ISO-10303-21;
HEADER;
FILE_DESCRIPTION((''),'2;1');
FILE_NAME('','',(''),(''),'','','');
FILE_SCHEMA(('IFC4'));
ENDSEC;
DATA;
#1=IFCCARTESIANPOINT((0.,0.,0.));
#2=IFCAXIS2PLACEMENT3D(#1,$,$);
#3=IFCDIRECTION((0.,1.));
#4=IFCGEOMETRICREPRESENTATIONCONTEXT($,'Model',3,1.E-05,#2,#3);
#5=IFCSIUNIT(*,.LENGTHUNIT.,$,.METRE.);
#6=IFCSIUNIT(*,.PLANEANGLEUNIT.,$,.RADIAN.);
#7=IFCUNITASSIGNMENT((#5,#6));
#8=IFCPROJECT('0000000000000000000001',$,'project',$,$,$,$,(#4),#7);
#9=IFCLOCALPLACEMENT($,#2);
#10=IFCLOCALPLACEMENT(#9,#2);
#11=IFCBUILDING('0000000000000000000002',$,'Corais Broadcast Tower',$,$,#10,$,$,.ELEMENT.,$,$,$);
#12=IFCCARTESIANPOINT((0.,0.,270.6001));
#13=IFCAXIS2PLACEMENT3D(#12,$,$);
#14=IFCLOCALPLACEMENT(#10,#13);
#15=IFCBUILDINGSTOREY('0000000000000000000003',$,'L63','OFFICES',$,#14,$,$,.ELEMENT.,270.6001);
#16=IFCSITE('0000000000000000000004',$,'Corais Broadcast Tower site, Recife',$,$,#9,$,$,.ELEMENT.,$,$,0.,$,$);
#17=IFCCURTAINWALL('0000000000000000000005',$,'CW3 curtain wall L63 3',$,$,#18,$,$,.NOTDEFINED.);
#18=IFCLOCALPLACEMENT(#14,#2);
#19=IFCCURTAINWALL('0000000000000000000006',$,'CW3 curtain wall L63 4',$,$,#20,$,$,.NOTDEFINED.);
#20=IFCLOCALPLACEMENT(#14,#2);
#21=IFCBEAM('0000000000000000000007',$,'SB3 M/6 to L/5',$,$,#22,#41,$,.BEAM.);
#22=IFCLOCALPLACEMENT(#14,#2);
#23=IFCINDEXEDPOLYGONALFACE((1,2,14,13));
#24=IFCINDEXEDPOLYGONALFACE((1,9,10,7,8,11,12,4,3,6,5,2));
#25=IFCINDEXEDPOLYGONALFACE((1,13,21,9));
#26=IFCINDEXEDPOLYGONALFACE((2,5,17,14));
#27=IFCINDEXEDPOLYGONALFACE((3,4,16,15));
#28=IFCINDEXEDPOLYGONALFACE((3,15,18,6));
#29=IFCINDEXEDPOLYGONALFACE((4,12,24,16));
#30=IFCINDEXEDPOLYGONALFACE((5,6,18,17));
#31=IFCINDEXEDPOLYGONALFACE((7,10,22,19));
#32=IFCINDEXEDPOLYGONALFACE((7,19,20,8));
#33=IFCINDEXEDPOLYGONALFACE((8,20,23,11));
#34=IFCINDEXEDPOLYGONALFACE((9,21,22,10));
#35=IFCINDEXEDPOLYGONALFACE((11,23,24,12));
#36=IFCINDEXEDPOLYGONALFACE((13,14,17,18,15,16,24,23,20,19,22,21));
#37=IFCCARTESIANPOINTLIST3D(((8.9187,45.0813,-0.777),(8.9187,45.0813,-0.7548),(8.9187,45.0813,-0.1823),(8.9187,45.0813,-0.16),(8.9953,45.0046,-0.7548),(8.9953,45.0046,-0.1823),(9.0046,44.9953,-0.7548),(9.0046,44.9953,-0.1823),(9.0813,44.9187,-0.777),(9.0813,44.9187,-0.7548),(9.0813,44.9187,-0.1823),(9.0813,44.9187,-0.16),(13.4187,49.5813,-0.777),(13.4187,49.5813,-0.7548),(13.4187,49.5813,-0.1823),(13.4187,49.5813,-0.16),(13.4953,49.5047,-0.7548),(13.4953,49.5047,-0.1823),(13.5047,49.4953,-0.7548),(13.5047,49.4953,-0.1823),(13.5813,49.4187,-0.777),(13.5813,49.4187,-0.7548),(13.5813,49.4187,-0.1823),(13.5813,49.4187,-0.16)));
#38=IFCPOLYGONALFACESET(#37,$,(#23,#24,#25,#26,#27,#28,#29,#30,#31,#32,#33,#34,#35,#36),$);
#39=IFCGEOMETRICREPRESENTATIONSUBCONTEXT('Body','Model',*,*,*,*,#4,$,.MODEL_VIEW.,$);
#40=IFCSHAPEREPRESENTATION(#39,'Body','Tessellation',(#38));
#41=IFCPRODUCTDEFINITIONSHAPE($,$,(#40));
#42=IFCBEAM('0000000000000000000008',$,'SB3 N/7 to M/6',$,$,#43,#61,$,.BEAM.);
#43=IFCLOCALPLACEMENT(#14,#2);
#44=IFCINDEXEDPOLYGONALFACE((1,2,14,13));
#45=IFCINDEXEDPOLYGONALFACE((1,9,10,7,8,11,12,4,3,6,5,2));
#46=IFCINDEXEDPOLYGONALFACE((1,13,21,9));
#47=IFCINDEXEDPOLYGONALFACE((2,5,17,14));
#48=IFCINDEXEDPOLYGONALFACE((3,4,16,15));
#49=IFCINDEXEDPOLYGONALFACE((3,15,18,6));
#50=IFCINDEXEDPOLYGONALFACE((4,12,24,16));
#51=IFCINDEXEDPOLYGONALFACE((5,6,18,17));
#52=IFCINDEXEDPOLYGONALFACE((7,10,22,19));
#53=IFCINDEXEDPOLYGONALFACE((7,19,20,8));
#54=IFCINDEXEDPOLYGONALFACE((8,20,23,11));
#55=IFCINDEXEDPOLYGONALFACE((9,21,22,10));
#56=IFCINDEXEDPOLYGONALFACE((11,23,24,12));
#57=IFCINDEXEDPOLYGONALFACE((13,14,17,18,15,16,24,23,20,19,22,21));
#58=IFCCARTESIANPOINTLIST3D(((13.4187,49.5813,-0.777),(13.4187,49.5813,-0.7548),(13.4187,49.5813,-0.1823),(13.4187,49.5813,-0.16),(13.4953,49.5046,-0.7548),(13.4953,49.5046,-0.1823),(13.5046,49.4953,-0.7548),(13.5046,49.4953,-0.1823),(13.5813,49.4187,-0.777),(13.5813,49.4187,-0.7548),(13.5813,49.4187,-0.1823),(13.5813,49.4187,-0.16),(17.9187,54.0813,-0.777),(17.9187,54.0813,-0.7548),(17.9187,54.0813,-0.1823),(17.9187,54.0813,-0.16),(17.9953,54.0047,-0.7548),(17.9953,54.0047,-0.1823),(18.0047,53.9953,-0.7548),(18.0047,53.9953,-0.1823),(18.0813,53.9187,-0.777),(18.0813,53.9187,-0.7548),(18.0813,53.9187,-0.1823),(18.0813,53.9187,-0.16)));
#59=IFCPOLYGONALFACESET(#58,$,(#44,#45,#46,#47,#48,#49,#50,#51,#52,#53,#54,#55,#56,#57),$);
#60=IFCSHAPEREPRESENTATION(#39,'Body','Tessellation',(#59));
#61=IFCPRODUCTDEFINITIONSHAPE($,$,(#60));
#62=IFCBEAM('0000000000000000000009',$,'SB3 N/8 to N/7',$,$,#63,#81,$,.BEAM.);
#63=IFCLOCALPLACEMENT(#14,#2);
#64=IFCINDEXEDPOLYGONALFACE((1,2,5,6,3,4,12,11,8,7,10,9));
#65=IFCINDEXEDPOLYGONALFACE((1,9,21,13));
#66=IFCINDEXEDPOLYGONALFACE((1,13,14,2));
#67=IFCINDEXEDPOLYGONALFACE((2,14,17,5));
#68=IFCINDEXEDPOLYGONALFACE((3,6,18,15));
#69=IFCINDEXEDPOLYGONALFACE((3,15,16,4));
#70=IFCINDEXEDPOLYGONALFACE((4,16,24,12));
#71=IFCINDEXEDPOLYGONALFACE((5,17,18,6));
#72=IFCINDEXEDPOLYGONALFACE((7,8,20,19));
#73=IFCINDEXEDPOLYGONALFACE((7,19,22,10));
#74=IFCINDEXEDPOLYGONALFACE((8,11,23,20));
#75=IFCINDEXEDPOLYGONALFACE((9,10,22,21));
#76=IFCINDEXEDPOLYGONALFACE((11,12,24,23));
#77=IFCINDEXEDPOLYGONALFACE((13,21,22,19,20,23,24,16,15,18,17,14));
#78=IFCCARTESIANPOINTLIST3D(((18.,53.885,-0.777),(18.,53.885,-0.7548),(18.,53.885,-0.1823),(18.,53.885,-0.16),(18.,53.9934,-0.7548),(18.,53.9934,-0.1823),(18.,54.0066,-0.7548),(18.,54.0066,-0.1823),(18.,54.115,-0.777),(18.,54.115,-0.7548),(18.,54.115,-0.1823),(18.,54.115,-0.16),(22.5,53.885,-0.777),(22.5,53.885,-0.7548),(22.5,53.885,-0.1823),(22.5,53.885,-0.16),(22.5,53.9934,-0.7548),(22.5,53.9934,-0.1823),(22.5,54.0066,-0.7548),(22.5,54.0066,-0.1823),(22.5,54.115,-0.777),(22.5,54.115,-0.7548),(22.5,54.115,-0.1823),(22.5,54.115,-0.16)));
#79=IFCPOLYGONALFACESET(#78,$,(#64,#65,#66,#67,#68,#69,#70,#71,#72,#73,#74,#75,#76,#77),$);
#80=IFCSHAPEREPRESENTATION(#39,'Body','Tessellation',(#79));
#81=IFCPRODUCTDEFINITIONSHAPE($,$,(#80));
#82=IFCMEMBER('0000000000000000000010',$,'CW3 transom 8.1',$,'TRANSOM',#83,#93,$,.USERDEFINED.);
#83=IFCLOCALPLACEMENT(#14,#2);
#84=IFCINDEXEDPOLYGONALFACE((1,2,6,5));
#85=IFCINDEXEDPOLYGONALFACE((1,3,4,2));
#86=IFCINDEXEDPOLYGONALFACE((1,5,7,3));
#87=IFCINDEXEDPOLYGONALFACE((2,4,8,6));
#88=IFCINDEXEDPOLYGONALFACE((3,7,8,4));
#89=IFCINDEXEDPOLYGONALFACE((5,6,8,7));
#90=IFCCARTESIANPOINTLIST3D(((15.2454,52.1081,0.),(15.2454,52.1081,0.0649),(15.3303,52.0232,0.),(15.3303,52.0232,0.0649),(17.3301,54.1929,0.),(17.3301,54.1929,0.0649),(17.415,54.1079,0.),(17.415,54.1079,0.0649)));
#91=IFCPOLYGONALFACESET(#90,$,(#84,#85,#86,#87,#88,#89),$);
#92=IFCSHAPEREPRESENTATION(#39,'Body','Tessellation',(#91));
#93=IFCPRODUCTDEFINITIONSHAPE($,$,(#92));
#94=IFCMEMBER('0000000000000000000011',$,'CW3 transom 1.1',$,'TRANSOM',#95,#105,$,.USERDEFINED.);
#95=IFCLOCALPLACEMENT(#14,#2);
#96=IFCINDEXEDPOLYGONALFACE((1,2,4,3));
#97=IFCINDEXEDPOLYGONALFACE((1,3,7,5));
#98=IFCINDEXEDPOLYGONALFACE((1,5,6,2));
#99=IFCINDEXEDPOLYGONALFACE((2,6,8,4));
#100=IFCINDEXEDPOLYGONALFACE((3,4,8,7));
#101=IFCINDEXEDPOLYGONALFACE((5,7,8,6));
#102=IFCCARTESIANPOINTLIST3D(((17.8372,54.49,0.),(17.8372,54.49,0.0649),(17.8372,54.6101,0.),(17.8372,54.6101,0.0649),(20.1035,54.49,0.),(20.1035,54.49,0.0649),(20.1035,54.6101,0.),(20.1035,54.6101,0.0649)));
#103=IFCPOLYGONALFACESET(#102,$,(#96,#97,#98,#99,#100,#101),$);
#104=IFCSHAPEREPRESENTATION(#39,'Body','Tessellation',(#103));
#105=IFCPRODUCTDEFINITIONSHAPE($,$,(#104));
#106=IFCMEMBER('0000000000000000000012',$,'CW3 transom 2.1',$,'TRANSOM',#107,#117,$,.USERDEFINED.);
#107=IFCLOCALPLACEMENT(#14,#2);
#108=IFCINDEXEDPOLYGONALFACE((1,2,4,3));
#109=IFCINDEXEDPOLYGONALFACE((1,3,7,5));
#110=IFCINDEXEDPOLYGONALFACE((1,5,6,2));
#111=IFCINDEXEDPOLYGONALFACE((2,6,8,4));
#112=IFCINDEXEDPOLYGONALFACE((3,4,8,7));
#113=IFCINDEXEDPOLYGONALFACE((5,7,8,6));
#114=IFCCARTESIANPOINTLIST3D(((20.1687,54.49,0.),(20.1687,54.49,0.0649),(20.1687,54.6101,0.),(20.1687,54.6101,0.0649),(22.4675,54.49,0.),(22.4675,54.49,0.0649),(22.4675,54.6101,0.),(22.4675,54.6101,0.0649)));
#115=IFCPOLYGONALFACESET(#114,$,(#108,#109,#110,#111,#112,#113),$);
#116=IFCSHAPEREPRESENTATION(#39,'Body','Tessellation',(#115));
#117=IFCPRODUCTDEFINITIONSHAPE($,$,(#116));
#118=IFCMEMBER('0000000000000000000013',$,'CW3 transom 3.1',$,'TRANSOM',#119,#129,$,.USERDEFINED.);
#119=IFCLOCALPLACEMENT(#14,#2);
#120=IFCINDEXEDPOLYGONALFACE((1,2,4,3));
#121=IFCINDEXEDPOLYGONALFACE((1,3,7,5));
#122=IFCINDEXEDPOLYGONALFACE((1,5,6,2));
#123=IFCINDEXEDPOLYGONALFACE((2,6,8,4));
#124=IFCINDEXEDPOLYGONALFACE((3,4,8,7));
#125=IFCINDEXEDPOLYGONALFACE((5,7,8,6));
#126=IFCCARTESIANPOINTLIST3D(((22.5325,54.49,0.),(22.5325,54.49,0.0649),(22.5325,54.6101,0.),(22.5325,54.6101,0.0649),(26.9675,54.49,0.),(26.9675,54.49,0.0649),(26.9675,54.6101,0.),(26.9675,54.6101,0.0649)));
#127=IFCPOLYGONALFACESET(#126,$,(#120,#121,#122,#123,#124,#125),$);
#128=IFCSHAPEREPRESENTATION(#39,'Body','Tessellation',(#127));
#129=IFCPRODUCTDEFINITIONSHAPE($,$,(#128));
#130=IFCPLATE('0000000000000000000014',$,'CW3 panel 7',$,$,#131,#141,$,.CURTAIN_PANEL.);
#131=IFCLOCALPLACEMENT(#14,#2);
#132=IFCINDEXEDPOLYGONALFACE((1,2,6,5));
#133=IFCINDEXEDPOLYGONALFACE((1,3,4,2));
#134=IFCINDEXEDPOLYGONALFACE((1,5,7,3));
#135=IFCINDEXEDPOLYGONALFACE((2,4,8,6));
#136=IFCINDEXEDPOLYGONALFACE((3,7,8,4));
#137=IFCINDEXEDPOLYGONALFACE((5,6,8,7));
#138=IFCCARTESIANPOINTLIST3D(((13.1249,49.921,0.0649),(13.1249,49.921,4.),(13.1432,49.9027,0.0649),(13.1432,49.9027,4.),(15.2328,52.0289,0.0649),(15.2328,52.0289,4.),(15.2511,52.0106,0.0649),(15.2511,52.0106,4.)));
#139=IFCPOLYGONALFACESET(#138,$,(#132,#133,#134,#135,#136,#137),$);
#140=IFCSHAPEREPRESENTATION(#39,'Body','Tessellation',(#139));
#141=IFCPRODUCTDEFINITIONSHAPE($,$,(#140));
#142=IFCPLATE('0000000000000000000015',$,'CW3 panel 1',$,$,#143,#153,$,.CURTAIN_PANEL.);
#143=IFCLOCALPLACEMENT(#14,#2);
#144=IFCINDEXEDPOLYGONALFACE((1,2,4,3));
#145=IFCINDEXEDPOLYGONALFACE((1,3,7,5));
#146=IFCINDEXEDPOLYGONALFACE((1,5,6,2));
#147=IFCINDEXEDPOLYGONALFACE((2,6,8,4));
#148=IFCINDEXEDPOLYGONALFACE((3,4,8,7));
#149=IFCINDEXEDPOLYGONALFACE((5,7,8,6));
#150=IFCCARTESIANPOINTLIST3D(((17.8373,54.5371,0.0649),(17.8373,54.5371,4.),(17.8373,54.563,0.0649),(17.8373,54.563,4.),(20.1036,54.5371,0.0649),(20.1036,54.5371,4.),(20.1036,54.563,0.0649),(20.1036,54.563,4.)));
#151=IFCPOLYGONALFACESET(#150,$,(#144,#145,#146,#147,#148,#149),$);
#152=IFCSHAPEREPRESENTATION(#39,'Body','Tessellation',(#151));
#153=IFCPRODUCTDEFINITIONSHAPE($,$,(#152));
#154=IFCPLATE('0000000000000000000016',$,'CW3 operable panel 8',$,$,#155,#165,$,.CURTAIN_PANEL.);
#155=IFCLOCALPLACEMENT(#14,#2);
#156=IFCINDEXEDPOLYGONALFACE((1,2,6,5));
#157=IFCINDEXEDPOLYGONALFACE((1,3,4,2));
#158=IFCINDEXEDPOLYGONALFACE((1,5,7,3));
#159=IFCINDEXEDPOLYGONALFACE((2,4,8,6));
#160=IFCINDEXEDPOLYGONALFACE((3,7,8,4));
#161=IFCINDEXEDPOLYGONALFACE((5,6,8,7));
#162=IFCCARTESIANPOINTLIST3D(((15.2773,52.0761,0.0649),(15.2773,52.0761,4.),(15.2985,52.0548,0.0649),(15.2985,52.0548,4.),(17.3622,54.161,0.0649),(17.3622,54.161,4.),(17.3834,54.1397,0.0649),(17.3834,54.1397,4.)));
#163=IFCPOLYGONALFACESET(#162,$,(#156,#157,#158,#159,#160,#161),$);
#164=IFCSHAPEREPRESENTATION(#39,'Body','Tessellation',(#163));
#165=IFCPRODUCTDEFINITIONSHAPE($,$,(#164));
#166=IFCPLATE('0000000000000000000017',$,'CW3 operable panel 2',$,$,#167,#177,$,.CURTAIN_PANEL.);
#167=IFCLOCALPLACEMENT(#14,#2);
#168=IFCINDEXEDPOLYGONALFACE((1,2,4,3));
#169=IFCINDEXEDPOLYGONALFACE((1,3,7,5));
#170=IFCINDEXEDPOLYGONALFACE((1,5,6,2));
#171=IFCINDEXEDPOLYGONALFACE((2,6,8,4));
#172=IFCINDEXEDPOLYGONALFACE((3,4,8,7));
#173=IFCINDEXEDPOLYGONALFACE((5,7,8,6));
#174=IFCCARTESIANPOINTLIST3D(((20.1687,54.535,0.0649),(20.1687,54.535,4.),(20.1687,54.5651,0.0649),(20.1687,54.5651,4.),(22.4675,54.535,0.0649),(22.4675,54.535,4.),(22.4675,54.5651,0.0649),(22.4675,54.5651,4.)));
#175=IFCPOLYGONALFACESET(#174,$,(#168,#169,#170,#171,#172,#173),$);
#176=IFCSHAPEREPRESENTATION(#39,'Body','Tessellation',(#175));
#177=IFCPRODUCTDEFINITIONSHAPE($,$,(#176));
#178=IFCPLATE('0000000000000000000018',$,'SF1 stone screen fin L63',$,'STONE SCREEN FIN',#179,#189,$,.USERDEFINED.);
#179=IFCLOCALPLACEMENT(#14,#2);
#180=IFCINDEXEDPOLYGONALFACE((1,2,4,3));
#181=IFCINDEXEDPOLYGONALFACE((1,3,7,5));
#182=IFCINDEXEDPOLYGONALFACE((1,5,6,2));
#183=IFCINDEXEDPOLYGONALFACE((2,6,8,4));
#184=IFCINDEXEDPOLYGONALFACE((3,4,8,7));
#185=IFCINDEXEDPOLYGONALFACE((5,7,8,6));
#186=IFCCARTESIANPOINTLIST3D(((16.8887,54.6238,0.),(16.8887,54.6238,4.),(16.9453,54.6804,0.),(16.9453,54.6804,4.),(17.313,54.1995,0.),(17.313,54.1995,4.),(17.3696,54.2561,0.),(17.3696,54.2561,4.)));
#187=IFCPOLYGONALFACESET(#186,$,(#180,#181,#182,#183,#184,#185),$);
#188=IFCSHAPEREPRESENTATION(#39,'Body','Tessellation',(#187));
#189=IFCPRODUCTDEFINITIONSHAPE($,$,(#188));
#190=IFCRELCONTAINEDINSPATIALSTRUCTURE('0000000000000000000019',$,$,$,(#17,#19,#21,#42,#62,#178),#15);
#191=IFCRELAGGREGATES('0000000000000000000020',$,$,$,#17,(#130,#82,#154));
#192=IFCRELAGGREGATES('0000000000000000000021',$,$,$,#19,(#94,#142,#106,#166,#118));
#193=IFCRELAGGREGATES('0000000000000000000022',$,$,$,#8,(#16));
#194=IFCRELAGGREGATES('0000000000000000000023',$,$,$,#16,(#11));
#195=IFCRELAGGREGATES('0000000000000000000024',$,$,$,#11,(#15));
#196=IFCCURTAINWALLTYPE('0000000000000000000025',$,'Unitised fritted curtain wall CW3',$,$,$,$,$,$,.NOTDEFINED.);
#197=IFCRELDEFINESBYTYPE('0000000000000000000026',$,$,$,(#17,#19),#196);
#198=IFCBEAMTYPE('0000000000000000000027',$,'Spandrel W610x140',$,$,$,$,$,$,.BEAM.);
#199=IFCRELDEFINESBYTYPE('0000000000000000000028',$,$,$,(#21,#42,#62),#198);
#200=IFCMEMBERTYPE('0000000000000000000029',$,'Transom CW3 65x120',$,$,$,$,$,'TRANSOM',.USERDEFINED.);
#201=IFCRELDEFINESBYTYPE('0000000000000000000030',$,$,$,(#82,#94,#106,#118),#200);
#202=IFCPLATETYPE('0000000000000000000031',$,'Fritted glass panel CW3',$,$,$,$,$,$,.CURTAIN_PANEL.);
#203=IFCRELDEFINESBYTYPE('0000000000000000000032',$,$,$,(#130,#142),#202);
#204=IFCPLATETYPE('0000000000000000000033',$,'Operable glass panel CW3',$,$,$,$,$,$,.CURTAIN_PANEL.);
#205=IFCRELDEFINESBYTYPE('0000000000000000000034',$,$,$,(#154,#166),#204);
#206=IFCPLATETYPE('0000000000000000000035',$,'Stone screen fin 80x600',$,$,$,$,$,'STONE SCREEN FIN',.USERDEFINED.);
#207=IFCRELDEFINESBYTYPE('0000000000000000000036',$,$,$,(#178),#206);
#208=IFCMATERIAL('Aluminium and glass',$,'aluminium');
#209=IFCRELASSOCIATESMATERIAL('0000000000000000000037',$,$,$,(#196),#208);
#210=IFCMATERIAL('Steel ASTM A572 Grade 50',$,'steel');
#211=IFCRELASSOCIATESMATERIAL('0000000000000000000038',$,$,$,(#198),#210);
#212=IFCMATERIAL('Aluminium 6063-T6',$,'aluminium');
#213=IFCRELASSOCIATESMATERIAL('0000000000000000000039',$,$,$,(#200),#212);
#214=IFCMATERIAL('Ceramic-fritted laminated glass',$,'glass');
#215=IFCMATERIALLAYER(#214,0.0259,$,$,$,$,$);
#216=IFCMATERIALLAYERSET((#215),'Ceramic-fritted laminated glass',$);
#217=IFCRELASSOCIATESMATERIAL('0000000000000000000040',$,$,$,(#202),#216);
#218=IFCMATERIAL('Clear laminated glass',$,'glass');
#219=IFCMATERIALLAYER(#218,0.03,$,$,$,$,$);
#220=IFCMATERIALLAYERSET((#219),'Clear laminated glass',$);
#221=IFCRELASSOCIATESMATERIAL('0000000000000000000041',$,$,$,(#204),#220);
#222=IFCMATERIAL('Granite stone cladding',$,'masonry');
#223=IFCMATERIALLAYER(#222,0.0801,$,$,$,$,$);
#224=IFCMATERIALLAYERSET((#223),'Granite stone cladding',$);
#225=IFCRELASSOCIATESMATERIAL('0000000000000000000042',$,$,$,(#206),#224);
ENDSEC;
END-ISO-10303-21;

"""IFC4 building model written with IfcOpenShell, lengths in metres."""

from ifc_helpers import new_model, si_unit, direction, frame, origin, origin_2d, place, context, subcontext, project, spatial, rectangle, i_section, extrude, material, layer, layer_set, material_profile, profile_set, type_object, element, aggregate, save


model = new_model("IFC4")

# Units and contexts
model_context = context("Model", 3, precision=1e-05, world=origin(), true_north=direction((0.0, 1.0)))
body_context = subcontext(model_context, "Body", "Model", "MODEL_VIEW")
ifc_project = project(units=[si_unit("LENGTHUNIT", "METRE"), si_unit("PLANEANGLEUNIT", "RADIAN")], contexts=[model_context])

# Site, building, storey
site_placement = place(None, origin())
site = spatial("IfcSite", under=ifc_project, at=site_placement, Name="Corais Broadcast Tower site, Recife", CompositionType="ELEMENT", RefElevation=0.0)
building_placement = place(site_placement, origin())
building = spatial("IfcBuilding", under=site, at=building_placement, Name="Corais Broadcast Tower", CompositionType="ELEMENT")
storey_placement = place(building_placement, frame((0.0, 0.0, 270.6001)))
storey = spatial("IfcBuildingStorey", under=building, at=storey_placement, Name="L63", Description="OFFICES", CompositionType="ELEMENT", Elevation=270.6001)

# Curtain walls
ifc_material_1 = material(Name="Aluminium and glass", Category="aluminium")
curtain_wall_type = type_object("IfcCurtainWallType", Name="Unitised fritted curtain wall CW3", PredefinedType="NOTDEFINED", material=ifc_material_1)
curtain_wall_1_placement = place(storey_placement, origin())
curtain_wall_1 = element("IfcCurtainWall", 1, at=curtain_wall_1_placement, inside=storey, type_object=curtain_wall_type, Name="CW3 curtain wall L63 3", PredefinedType="NOTDEFINED")
curtain_wall_2_placement = place(storey_placement, origin())
curtain_wall_2 = element("IfcCurtainWall", 2, at=curtain_wall_2_placement, inside=storey, type_object=curtain_wall_type, Name="CW3 curtain wall L63 4", PredefinedType="NOTDEFINED")

# Beams
ifc_material_2 = material(Name="Steel ASTM A572 Grade 50", Category="steel")
ifc_material_profile_1 = material_profile(ifc_material_2, i_section(OverallWidth=0.23, OverallDepth=0.6169, WebThickness=0.0132, FlangeThickness=0.0222, at=origin_2d()), Name="W610x140")
ifc_profile_set_1 = profile_set([ifc_material_profile_1], Name="Steel ASTM A572 Grade 50")
beam_type_1 = type_object("IfcBeamType", Name="Spandrel W610x140", PredefinedType="BEAM", material=ifc_profile_set_1)
for number, where, z_axis, x_axis, name in (
    (3, (13.5, 49.5, -0.4685), (-0.707107, -0.707107, 0.0), (0.707107, -0.707107, 0.0), "SB3 M/6 to L/5"),
    (4, (18.0, 54.0, -0.4685), (-0.707107, -0.707107, 0.0), (0.707107, -0.707107, 0.0), "SB3 N/7 to M/6"),
):
    element("IfcBeam", number, at=place(storey_placement, frame(where, z_axis=z_axis, x_axis=x_axis)), inside=storey, type_object=beam_type_1, Name=name, PredefinedType="BEAM", context=body_context, shape_type="SweptSolid", body=[
        extrude(i_section(OverallWidth=0.23, OverallDepth=0.6169, WebThickness=0.0132, FlangeThickness=0.0222, at=origin_2d()), origin(), (0.0, 0.0, 1.0), 6.364),
    ])
beam_1_placement = place(storey_placement, frame((22.5, 54.0, -0.4685), z_axis=(-1.0, 0.0, 0.0), x_axis=(0.0, -1.0, 0.0)))
element("IfcBeam", 5, at=beam_1_placement, inside=storey, type_object=beam_type_1, Name="SB3 N/8 to N/7", PredefinedType="BEAM", context=body_context, shape_type="SweptSolid", body=[
    extrude(i_section(OverallWidth=0.23, OverallDepth=0.6169, WebThickness=0.0132, FlangeThickness=0.0222, at=origin_2d()), origin(), (0.0, 0.0, 1.0), 4.5),
])

# Members
ifc_material_3 = material(Name="Aluminium 6063-T6", Category="aluminium")
ifc_material_profile_2 = material_profile(ifc_material_3, rectangle(XDim=0.1201, YDim=0.0649, at=origin_2d()), Name="Transom CW3 65x120")
ifc_profile_set_2 = profile_set([ifc_material_profile_2], Name="Aluminium 6063-T6")
member_type_1 = type_object("IfcMemberType", Name="Transom CW3 65x120", ElementType="TRANSOM", PredefinedType="USERDEFINED", material=ifc_profile_set_2)
member_1_placement = place(storey_placement, frame((15.2878, 52.0657, 0.0325), z_axis=(0.707107, 0.707107, 0.0), x_axis=(-0.707107, 0.707107, 0.0)))
member_1 = element("IfcMember", 6, at=member_1_placement, type_object=member_type_1, Name="CW3 transom 8.1", ObjectType="TRANSOM", PredefinedType="USERDEFINED", context=body_context, shape_type="SweptSolid", body=[
    extrude(rectangle(XDim=0.1201, YDim=0.0649, at=origin_2d()), origin(), (0.0, 0.0, 1.0), 2.9482),
])
member_2_placement = place(storey_placement, frame((17.8372, 54.55, 0.0325), z_axis=(1.0, 0.0, 0.0), x_axis=(0.0, 1.0, 0.0)))
member_2 = element("IfcMember", 7, at=member_2_placement, type_object=member_type_1, Name="CW3 transom 1.1", ObjectType="TRANSOM", PredefinedType="USERDEFINED", context=body_context, shape_type="SweptSolid", body=[
    extrude(rectangle(XDim=0.1201, YDim=0.0649, at=origin_2d()), origin(), (0.0, 0.0, 1.0), 2.2664),
])
member_3_placement = place(storey_placement, frame((20.1687, 54.55, 0.0325), z_axis=(1.0, 0.0, 0.0), x_axis=(0.0, 1.0, 0.0)))
member_3 = element("IfcMember", 8, at=member_3_placement, type_object=member_type_1, Name="CW3 transom 2.1", ObjectType="TRANSOM", PredefinedType="USERDEFINED", context=body_context, shape_type="SweptSolid", body=[
    extrude(rectangle(XDim=0.1201, YDim=0.0649, at=origin_2d()), origin(), (0.0, 0.0, 1.0), 2.2988),
])
member_4_placement = place(storey_placement, frame((22.5325, 54.55, 0.0325), z_axis=(1.0, 0.0, 0.0), x_axis=(0.0, 1.0, 0.0)))
member_4 = element("IfcMember", 9, at=member_4_placement, type_object=member_type_1, Name="CW3 transom 3.1", ObjectType="TRANSOM", PredefinedType="USERDEFINED", context=body_context, shape_type="SweptSolid", body=[
    extrude(rectangle(XDim=0.1201, YDim=0.0649, at=origin_2d()), origin(), (0.0, 0.0, 1.0), 4.4351),
])

# Plates
ifc_material_4 = material(Name="Ceramic-fritted laminated glass", Category="glass")
ifc_layer_1 = layer(ifc_material_4, 0.0259)
ifc_layer_set_1 = layer_set([ifc_layer_1], Name="Ceramic-fritted laminated glass")
plate_type_1 = type_object("IfcPlateType", Name="Fritted glass panel CW3", PredefinedType="CURTAIN_PANEL", material=ifc_layer_set_1)
plate_1_placement = place(storey_placement, frame((14.188, 50.9658, 0.0649), z_axis=(0.0, 0.0, 1.0), x_axis=(0.707107, 0.707107, 0.0)))
plate_1 = element("IfcPlate", 10, at=plate_1_placement, type_object=plate_type_1, Name="CW3 panel 7", PredefinedType="CURTAIN_PANEL", context=body_context, shape_type="SweptSolid", body=[
    extrude(rectangle(XDim=2.981, YDim=0.0259, at=origin_2d()), origin(), (0.0, 0.0, 1.0), 3.9351),
])
plate_2_placement = place(storey_placement, frame((18.9705, 54.55, 0.0649), z_axis=(0.0, 0.0, 1.0), x_axis=(1.0, 0.0, 0.0)))
plate_2 = element("IfcPlate", 11, at=plate_2_placement, type_object=plate_type_1, Name="CW3 panel 1", PredefinedType="CURTAIN_PANEL", context=body_context, shape_type="SweptSolid", body=[
    extrude(rectangle(XDim=2.2664, YDim=0.0259, at=origin_2d()), origin(), (0.0, 0.0, 1.0), 3.9351),
])
ifc_material_5 = material(Name="Clear laminated glass", Category="glass")
ifc_layer_2 = layer(ifc_material_5, 0.03)
ifc_layer_set_2 = layer_set([ifc_layer_2], Name="Clear laminated glass")
plate_type_2 = type_object("IfcPlateType", Name="Operable glass panel CW3", PredefinedType="CURTAIN_PANEL", material=ifc_layer_set_2)
plate_3_placement = place(storey_placement, frame((16.3303, 53.1079, 0.0649), z_axis=(0.0, 0.0, 1.0), x_axis=(0.707107, 0.707107, 0.0)))
plate_3 = element("IfcPlate", 12, at=plate_3_placement, type_object=plate_type_2, Name="CW3 operable panel 8", PredefinedType="CURTAIN_PANEL", context=body_context, shape_type="SweptSolid", body=[
    extrude(rectangle(XDim=2.9485, YDim=0.03, at=origin_2d()), origin(), (0.0, 0.0, 1.0), 3.9351),
])
aggregate(curtain_wall_1, [plate_1, member_1, plate_3])
plate_4_placement = place(storey_placement, frame((21.3181, 54.55, 0.0649), z_axis=(0.0, 0.0, 1.0), x_axis=(1.0, 0.0, 0.0)))
plate_4 = element("IfcPlate", 13, at=plate_4_placement, type_object=plate_type_2, Name="CW3 operable panel 2", PredefinedType="CURTAIN_PANEL", context=body_context, shape_type="SweptSolid", body=[
    extrude(rectangle(XDim=2.2988, YDim=0.03, at=origin_2d()), origin(), (0.0, 0.0, 1.0), 3.9351),
])
aggregate(curtain_wall_2, [member_2, plate_2, member_3, plate_4, member_4])
ifc_material_6 = material(Name="Granite stone cladding", Category="masonry")
ifc_layer_3 = layer(ifc_material_6, 0.0801)
ifc_layer_set_3 = layer_set([ifc_layer_3], Name="Granite stone cladding")
plate_type_3 = type_object("IfcPlateType", Name="Stone screen fin 80x600", ElementType="STONE SCREEN FIN", PredefinedType="USERDEFINED", material=ifc_layer_set_3)
plate_5_placement = place(storey_placement, frame((17.1292, 54.4399, 0.0), z_axis=(0.0, 0.0, 1.0), x_axis=(0.707107, 0.707107, 0.0)))
element("IfcPlate", 14, at=plate_5_placement, inside=storey, type_object=plate_type_3, Name="SF1 stone screen fin L63", ObjectType="STONE SCREEN FIN", PredefinedType="USERDEFINED", context=body_context, shape_type="SweptSolid", body=[
    extrude(rectangle(XDim=0.0801, YDim=0.6001, at=origin_2d()), origin(), (0.0, 0.0, 1.0), 4.0),
])

save(model, "model.ifc")
